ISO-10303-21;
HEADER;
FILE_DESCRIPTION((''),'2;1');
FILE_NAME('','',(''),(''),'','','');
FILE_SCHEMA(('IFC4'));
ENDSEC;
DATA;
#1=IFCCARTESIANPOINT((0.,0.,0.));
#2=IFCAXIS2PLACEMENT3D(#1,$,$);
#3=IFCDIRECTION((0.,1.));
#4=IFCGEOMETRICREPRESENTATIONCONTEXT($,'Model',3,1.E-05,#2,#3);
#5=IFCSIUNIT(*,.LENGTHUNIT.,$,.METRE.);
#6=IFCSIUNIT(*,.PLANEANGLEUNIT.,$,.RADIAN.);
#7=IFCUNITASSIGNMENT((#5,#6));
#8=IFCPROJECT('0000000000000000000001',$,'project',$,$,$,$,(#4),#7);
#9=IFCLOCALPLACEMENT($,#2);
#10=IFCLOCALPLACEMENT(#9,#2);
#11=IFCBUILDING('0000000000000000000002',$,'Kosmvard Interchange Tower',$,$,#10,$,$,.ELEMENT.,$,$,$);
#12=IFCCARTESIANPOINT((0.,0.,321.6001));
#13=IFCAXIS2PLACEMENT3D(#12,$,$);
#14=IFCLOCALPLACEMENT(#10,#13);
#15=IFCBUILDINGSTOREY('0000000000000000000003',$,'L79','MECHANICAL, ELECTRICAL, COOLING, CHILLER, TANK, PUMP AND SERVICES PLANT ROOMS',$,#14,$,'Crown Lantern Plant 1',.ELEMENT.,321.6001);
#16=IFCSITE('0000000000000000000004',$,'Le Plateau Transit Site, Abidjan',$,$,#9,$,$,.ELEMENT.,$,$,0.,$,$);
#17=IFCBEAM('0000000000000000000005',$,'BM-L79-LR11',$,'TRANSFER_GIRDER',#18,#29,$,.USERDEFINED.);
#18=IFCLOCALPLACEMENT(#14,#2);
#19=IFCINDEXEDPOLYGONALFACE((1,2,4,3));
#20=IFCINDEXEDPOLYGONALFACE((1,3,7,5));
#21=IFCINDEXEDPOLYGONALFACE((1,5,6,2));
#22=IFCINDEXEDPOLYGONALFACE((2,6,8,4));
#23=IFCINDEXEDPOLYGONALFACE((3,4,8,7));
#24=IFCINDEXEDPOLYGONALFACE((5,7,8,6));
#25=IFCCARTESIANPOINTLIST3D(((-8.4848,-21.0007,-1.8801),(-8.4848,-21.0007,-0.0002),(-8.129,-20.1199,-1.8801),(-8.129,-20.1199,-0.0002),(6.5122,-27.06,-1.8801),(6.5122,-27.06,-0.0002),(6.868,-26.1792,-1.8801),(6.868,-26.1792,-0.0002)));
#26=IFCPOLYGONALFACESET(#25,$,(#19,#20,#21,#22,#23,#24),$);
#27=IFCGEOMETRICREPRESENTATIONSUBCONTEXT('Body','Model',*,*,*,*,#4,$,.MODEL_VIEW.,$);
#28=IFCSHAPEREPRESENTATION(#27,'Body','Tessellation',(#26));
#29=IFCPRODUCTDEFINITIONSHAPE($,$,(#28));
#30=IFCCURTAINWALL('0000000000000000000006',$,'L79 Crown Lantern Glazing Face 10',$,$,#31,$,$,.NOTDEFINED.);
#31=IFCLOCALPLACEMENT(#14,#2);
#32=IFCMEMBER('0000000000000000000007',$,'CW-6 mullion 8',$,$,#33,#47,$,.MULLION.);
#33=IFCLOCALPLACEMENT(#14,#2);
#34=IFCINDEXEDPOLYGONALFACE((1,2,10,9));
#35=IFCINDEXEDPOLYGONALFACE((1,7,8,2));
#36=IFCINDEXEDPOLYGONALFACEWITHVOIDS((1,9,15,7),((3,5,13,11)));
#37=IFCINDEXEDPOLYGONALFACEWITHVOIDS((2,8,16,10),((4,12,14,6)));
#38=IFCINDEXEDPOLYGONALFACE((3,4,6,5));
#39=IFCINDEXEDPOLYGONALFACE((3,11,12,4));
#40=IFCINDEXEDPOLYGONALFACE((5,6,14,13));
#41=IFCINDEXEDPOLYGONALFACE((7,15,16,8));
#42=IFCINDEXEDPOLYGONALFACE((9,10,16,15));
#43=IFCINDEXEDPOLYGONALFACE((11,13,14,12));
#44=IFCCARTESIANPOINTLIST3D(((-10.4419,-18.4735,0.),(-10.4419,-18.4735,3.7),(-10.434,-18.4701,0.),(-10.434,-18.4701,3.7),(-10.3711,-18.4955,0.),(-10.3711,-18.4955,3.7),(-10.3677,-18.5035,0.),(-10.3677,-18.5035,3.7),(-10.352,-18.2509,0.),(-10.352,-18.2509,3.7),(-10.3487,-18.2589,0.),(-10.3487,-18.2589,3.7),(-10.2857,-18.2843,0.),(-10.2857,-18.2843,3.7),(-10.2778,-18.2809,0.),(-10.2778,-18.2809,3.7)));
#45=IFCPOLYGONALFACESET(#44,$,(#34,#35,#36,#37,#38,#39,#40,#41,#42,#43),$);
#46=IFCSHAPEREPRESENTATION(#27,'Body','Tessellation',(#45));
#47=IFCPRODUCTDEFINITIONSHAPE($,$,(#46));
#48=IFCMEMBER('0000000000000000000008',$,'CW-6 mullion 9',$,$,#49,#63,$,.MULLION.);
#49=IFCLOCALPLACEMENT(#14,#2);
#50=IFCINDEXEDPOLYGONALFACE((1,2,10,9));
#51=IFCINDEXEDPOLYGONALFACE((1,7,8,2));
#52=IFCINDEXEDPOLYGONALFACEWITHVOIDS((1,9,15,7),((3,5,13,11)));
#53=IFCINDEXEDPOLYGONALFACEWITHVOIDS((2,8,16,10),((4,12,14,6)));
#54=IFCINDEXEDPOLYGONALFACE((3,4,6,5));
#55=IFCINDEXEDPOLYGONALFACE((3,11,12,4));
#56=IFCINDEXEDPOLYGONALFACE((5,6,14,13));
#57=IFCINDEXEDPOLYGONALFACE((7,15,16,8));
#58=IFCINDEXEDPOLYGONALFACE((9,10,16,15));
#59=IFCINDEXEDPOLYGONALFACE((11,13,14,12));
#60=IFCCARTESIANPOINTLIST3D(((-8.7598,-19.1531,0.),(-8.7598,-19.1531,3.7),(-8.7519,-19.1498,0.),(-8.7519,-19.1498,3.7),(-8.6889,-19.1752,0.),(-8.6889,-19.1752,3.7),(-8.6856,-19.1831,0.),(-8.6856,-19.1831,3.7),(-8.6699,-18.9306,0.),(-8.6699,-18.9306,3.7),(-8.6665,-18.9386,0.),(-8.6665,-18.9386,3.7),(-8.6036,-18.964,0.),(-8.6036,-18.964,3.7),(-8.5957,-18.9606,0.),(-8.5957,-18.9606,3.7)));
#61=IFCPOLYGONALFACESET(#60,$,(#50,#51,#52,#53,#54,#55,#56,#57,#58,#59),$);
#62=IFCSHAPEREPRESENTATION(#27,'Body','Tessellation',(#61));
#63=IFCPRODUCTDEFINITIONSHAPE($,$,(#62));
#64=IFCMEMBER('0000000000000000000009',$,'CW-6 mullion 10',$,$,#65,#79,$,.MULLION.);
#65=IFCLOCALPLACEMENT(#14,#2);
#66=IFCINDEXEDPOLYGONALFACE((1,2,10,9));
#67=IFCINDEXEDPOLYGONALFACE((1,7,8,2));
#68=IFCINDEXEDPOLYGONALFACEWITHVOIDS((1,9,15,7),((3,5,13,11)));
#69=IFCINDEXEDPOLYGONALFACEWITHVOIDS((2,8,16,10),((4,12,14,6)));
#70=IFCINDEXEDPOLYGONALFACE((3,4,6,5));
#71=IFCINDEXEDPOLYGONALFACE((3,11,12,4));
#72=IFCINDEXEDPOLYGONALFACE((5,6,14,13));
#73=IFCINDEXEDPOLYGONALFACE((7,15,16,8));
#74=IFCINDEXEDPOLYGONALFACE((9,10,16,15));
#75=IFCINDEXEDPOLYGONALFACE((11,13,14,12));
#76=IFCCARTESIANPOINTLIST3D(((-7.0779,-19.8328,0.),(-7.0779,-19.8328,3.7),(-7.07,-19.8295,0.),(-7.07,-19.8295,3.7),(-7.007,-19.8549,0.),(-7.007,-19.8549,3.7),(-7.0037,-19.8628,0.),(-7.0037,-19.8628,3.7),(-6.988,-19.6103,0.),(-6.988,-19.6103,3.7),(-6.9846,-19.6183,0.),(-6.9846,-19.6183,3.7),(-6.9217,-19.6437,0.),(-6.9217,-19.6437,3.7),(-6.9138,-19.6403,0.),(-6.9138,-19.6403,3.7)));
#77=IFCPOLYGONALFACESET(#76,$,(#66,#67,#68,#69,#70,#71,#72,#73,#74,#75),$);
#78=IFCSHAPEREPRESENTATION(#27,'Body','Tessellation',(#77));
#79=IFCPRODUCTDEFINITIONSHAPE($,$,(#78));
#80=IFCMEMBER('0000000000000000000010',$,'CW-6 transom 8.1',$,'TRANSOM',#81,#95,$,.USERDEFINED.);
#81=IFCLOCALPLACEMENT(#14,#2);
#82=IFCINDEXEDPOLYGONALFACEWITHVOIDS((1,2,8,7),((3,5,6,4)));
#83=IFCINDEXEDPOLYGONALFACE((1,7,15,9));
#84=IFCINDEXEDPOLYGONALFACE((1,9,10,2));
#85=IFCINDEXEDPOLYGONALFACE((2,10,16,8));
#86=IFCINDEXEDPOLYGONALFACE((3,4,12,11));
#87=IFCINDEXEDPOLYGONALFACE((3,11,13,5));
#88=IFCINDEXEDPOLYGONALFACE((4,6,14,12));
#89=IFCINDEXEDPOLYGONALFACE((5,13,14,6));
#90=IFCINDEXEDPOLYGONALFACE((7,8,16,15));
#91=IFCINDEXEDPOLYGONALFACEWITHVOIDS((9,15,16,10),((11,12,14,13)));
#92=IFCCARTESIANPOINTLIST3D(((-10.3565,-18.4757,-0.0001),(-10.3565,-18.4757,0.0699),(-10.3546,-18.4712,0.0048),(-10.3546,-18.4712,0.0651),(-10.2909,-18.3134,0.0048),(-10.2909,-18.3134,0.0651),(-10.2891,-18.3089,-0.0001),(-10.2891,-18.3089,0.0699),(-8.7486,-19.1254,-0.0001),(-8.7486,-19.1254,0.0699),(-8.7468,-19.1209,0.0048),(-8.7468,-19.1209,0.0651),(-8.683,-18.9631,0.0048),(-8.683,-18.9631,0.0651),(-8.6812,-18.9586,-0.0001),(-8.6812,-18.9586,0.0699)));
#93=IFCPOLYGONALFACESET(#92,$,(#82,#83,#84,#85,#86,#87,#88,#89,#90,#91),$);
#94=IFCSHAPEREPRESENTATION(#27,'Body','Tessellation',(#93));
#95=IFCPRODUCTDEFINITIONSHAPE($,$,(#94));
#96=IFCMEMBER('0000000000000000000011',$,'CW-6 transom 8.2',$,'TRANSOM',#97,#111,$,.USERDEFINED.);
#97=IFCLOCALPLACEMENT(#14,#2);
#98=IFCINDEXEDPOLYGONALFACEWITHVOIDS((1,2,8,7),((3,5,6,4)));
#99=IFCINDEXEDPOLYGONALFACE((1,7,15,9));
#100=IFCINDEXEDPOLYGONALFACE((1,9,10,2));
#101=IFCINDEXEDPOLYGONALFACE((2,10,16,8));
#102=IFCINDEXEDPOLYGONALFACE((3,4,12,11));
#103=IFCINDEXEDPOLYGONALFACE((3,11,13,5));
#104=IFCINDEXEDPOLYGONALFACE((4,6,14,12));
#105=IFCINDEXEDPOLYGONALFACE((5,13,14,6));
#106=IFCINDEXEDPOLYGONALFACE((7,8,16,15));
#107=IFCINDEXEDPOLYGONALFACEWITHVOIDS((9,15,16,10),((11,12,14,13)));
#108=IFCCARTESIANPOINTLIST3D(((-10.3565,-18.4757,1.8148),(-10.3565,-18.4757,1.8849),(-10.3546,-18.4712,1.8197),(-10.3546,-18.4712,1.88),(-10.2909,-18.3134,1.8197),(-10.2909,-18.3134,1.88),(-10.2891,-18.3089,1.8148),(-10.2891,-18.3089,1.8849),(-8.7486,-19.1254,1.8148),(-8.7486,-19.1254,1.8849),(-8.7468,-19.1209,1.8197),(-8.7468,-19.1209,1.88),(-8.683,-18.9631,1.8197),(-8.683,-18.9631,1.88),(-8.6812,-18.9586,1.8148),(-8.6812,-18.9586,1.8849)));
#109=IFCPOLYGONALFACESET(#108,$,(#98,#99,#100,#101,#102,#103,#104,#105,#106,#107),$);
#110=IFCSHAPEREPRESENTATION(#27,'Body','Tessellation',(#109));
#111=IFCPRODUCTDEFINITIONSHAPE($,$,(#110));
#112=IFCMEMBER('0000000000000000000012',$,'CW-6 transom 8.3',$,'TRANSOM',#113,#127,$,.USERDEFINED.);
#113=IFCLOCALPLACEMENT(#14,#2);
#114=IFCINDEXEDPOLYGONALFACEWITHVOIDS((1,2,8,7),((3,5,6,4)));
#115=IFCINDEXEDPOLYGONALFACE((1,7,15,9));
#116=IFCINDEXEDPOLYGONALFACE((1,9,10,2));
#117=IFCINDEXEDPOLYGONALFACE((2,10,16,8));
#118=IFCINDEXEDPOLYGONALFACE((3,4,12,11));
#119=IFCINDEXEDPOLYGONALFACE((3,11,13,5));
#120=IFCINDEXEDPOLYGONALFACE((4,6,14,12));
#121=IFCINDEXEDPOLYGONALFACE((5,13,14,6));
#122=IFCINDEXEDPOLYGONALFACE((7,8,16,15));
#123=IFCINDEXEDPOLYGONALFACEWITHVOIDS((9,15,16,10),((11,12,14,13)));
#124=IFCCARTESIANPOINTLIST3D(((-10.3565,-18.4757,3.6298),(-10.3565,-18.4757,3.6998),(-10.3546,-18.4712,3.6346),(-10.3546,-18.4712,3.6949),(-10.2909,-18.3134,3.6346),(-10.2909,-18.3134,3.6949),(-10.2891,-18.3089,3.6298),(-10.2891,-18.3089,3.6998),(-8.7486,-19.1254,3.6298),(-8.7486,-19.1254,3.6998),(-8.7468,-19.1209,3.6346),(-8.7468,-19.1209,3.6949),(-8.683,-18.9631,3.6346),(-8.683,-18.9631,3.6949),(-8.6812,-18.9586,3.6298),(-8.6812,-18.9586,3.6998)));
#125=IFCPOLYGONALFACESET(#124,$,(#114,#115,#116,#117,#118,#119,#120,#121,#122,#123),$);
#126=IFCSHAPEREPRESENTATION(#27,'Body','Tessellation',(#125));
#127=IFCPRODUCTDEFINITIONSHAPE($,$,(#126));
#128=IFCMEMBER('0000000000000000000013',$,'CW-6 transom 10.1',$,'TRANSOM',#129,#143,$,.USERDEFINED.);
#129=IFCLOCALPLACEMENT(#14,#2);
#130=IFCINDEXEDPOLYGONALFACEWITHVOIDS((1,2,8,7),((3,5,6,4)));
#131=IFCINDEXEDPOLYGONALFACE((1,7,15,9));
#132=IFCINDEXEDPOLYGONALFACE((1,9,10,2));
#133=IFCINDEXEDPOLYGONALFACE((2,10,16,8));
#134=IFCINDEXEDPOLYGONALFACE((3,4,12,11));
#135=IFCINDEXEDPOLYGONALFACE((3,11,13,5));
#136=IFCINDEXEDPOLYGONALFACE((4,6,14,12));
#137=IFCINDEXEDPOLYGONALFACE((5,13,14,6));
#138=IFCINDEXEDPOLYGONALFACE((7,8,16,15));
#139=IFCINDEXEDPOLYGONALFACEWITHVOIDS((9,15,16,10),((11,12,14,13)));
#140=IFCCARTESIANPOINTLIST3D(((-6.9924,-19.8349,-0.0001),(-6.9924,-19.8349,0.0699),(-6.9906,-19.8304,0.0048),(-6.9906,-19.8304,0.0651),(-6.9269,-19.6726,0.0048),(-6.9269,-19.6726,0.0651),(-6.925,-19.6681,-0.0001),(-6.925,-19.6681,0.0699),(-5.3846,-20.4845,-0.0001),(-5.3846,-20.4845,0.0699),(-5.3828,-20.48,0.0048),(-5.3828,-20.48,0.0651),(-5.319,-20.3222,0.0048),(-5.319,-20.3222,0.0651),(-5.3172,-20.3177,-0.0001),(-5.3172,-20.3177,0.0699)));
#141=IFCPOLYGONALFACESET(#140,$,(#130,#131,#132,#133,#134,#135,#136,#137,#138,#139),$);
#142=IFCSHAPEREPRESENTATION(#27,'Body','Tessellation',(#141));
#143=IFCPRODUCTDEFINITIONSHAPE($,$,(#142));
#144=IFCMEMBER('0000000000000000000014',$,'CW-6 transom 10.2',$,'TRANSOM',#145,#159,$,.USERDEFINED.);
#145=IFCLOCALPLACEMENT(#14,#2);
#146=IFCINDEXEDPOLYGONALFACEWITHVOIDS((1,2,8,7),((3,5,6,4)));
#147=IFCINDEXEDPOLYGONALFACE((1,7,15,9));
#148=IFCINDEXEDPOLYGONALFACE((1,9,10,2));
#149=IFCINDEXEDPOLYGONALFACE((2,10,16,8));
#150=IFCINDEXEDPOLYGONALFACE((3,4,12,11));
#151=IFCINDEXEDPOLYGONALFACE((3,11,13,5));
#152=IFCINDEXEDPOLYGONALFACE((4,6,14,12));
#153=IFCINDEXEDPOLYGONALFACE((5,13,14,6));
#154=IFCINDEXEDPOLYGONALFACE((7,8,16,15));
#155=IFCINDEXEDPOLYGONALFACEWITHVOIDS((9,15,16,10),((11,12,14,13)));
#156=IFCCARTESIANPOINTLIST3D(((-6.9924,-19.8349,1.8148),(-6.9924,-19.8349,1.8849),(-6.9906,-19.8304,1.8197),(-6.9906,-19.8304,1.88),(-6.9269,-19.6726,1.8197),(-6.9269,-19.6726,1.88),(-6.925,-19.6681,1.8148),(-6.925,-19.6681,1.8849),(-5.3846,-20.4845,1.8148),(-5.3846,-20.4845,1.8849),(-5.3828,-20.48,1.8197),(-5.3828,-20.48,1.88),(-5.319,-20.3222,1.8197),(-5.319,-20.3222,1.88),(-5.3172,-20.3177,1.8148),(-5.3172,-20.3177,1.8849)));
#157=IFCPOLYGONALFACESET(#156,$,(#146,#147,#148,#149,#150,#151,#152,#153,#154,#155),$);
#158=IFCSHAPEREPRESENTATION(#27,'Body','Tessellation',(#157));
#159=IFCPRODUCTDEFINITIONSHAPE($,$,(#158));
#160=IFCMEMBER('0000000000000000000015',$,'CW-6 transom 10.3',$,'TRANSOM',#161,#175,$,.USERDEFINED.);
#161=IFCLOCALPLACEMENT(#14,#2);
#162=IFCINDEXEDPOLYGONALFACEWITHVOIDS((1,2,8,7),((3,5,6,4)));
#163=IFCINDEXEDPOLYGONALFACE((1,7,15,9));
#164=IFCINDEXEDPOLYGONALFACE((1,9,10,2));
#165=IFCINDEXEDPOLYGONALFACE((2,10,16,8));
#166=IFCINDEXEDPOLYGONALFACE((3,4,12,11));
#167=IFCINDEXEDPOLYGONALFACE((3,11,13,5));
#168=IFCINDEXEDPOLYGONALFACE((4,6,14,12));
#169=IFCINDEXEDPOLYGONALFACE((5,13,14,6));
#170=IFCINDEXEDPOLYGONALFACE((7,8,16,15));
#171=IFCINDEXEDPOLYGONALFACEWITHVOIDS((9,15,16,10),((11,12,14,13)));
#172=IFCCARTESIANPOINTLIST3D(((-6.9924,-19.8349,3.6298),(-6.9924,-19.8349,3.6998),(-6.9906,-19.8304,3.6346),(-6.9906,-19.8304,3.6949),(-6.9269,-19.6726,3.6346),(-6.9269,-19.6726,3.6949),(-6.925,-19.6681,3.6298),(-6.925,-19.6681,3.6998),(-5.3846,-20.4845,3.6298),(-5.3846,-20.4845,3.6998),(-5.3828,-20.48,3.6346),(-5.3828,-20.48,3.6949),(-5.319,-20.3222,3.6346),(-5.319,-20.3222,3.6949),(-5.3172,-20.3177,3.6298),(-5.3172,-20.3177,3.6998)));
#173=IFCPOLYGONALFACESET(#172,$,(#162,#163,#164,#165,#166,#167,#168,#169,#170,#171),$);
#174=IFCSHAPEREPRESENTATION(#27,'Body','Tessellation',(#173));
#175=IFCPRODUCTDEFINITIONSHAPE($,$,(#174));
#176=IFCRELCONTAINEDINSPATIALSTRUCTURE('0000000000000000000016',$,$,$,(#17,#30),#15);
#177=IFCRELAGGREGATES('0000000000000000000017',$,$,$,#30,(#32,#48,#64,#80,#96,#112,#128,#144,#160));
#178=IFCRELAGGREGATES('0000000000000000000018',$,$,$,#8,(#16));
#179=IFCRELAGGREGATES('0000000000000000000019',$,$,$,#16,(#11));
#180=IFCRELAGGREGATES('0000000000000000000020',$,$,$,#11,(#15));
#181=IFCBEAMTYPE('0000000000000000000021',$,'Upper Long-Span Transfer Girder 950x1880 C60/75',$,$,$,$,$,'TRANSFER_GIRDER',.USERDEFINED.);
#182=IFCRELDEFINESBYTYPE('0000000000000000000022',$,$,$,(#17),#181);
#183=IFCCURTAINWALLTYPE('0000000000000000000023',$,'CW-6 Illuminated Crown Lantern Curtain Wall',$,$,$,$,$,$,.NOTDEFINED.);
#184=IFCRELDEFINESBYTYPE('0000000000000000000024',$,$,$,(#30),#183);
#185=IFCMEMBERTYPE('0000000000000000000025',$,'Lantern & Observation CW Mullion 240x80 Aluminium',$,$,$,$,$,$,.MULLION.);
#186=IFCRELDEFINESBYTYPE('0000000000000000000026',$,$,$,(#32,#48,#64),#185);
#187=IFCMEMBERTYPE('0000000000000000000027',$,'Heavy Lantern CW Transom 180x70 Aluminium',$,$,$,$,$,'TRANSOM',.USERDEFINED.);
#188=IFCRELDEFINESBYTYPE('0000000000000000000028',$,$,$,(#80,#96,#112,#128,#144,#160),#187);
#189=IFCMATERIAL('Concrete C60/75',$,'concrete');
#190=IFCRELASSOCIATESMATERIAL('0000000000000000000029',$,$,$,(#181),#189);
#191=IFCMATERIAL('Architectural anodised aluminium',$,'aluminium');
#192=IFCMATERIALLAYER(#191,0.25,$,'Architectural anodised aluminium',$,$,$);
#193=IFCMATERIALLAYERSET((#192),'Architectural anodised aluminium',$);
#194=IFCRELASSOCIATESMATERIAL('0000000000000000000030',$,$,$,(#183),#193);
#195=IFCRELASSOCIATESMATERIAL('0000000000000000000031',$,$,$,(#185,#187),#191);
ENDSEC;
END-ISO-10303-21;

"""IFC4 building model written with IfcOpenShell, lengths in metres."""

from ifc_helpers import new_model, si_unit, direction, frame, origin, origin_2d, place, context, subcontext, project, spatial, rectangle, hollow_rectangle, extrude, source, transform, mapped, material, layer, layer_set, material_profile, profile_set, type_object, element, aggregate, save


model = new_model("IFC4")

# Units and contexts
model_context = context("Model", 3, precision=1e-05, world=origin(), true_north=direction((0.0, 1.0)))
body_context = subcontext(model_context, "Body", "Model", "MODEL_VIEW")
ifc_project = project(units=[si_unit("LENGTHUNIT", "METRE"), si_unit("PLANEANGLEUNIT", "RADIAN")], contexts=[model_context])

# Site, building, storey
site_placement = place(None, origin())
site = spatial("IfcSite", under=ifc_project, at=site_placement, Name="Le Plateau Transit Site, Abidjan", CompositionType="ELEMENT", RefElevation=0.0)
building_placement = place(site_placement, origin())
building = spatial("IfcBuilding", under=site, at=building_placement, Name="Kosmvard Interchange Tower", CompositionType="ELEMENT")
storey_placement = place(building_placement, frame((0.0, 0.0, 321.6001)))
storey = spatial("IfcBuildingStorey", under=building, at=storey_placement, Name="L79", Description="MECHANICAL, ELECTRICAL, COOLING, CHILLER, TANK, PUMP AND SERVICES PLANT ROOMS", LongName="Crown Lantern Plant 1", CompositionType="ELEMENT", Elevation=321.6001)

# Beam
ifc_material_1 = material(Name="Concrete C60/75", Category="concrete")
ifc_material_profile_1 = material_profile(ifc_material_1, rectangle(XDim=0.95, YDim=1.8799, at=origin_2d()), Name="TG 950x1880")
ifc_profile_set_1 = profile_set([ifc_material_profile_1], Name="Concrete C60/75")
beam_type = type_object("IfcBeamType", Name="Upper Long-Span Transfer Girder 950x1880 C60/75", ElementType="TRANSFER_GIRDER", PredefinedType="USERDEFINED", material=ifc_profile_set_1)
shared_shape_1 = source(origin(), body_context, "Body", "SweptSolid", [
    extrude(rectangle(XDim=0.95, YDim=1.8799, at=origin_2d()), origin(), (0.0, 0.0, 1.0), 16.1748),
])
beam_placement = place(storey_placement, frame((-8.3069, -20.5603, -0.9402), z_axis=(0.927181, -0.374613, 0.0), x_axis=(0.374613, 0.927181, 0.0)))
element("IfcBeam", 1, at=beam_placement, inside=storey, type_object=beam_type, Name="BM-L79-LR11", ObjectType="TRANSFER_GIRDER", PredefinedType="USERDEFINED", context=body_context, shape_type="MappedRepresentation", body=[
    mapped(shared_shape_1, transform((0.0, 0.0, 0.0), scale=1.0)),
])

# Curtain wall, members
ifc_material_2 = material(Name="Architectural anodised aluminium", Category="aluminium")
ifc_layer_1 = layer(ifc_material_2, 0.25, Name="Architectural anodised aluminium")
ifc_layer_set_1 = layer_set([ifc_layer_1], Name="Architectural anodised aluminium")
curtain_wall_type = type_object("IfcCurtainWallType", Name="CW-6 Illuminated Crown Lantern Curtain Wall", PredefinedType="NOTDEFINED", material=ifc_layer_set_1)
curtain_wall_placement = place(storey_placement, origin())
curtain_wall = element("IfcCurtainWall", 2, at=curtain_wall_placement, inside=storey, type_object=curtain_wall_type, Name="L79 Crown Lantern Glazing Face 10", PredefinedType="NOTDEFINED")
ifc_material_profile_2 = material_profile(ifc_material_2, hollow_rectangle(XDim=0.24, YDim=0.0801, WallThickness=0.0061, at=origin_2d()), Name="CWM 240x80x6")
ifc_profile_set_2 = profile_set([ifc_material_profile_2], Name="Architectural anodised aluminium")
member_type_1 = type_object("IfcMemberType", Name="Lantern & Observation CW Mullion 240x80 Aluminium", PredefinedType="MULLION", material=ifc_profile_set_2)
shared_shape_2 = source(origin(), body_context, "Body", "SweptSolid", [
    extrude(hollow_rectangle(XDim=0.24, YDim=0.0801, WallThickness=0.0061, at=origin_2d()), origin(), (0.0, 0.0, 1.0), 3.7),
])
member_1_placement = place(storey_placement, frame((-10.3599, -18.3772, 0.0), z_axis=(0.0, 0.0, 1.0), x_axis=(0.374607, 0.927184, 0.0)))
member_1 = element("IfcMember", 3, at=member_1_placement, type_object=member_type_1, Name="CW-6 mullion 8", PredefinedType="MULLION", context=body_context, shape_type="MappedRepresentation", body=[
    mapped(shared_shape_2, transform((0.0, 0.0, 0.0), scale=1.0)),
])
member_2_placement = place(storey_placement, frame((-8.6777, -19.0569, 0.0), z_axis=(0.0, 0.0, 1.0), x_axis=(0.374607, 0.927184, 0.0)))
member_2 = element("IfcMember", 4, at=member_2_placement, type_object=member_type_1, Name="CW-6 mullion 9", PredefinedType="MULLION", context=body_context, shape_type="MappedRepresentation", body=[
    mapped(shared_shape_2, transform((0.0, 0.0, 0.0), scale=1.0)),
])
member_3_placement = place(storey_placement, frame((-6.9958, -19.7366, 0.0), z_axis=(0.0, 0.0, 1.0), x_axis=(0.374607, 0.927184, 0.0)))
member_3 = element("IfcMember", 5, at=member_3_placement, type_object=member_type_1, Name="CW-6 mullion 10", PredefinedType="MULLION", context=body_context, shape_type="MappedRepresentation", body=[
    mapped(shared_shape_2, transform((0.0, 0.0, 0.0), scale=1.0)),
])
ifc_material_profile_3 = material_profile(ifc_material_2, hollow_rectangle(XDim=0.1799, YDim=0.0701, WallThickness=0.0049, at=origin_2d()), Name="CWT 180x70x5")
ifc_profile_set_3 = profile_set([ifc_material_profile_3], Name="Architectural anodised aluminium")
member_type_2 = type_object("IfcMemberType", Name="Heavy Lantern CW Transom 180x70 Aluminium", ElementType="TRANSOM", PredefinedType="USERDEFINED", material=ifc_profile_set_3)
shared_shape_3 = source(origin(), body_context, "Body", "SweptSolid", [
    extrude(hollow_rectangle(XDim=0.1799, YDim=0.0701, WallThickness=0.0049, at=origin_2d()), origin(), (0.0, 0.0, 1.0), 1.7341),
])
member_4_placement = place(storey_placement, frame((-10.3228, -18.3923, 0.0349), z_axis=(0.92718, -0.374617, 0.0), x_axis=(0.374617, 0.92718, 0.0)))
member_4 = element("IfcMember", 6, at=member_4_placement, type_object=member_type_2, Name="CW-6 transom 8.1", ObjectType="TRANSOM", PredefinedType="USERDEFINED", context=body_context, shape_type="MappedRepresentation", body=[
    mapped(shared_shape_3, transform((0.0, 0.0, 0.0), scale=1.0)),
])
member_5_placement = place(storey_placement, frame((-10.3228, -18.3923, 1.8499), z_axis=(0.92718, -0.374617, 0.0), x_axis=(0.374617, 0.92718, 0.0)))
member_5 = element("IfcMember", 7, at=member_5_placement, type_object=member_type_2, Name="CW-6 transom 8.2", ObjectType="TRANSOM", PredefinedType="USERDEFINED", context=body_context, shape_type="MappedRepresentation", body=[
    mapped(shared_shape_3, transform((0.0, 0.0, 0.0), scale=1.0)),
])
member_6_placement = place(storey_placement, frame((-10.3228, -18.3923, 3.6648), z_axis=(0.92718, -0.374617, 0.0), x_axis=(0.374617, 0.92718, 0.0)))
member_6 = element("IfcMember", 8, at=member_6_placement, type_object=member_type_2, Name="CW-6 transom 8.3", ObjectType="TRANSOM", PredefinedType="USERDEFINED", context=body_context, shape_type="MappedRepresentation", body=[
    mapped(shared_shape_3, transform((0.0, 0.0, 0.0), scale=1.0)),
])
member_7_placement = place(storey_placement, frame((-6.9587, -19.7515, 0.0349), z_axis=(0.92718, -0.374617, 0.0), x_axis=(0.374617, 0.92718, 0.0)))
member_7 = element("IfcMember", 9, at=member_7_placement, type_object=member_type_2, Name="CW-6 transom 10.1", ObjectType="TRANSOM", PredefinedType="USERDEFINED", context=body_context, shape_type="MappedRepresentation", body=[
    mapped(shared_shape_3, transform((0.0, 0.0, 0.0), scale=1.0)),
])
member_8_placement = place(storey_placement, frame((-6.9587, -19.7515, 1.8499), z_axis=(0.92718, -0.374617, 0.0), x_axis=(0.374617, 0.92718, 0.0)))
member_8 = element("IfcMember", 10, at=member_8_placement, type_object=member_type_2, Name="CW-6 transom 10.2", ObjectType="TRANSOM", PredefinedType="USERDEFINED", context=body_context, shape_type="MappedRepresentation", body=[
    mapped(shared_shape_3, transform((0.0, 0.0, 0.0), scale=1.0)),
])
member_9_placement = place(storey_placement, frame((-6.9587, -19.7515, 3.6648), z_axis=(0.92718, -0.374617, 0.0), x_axis=(0.374617, 0.92718, 0.0)))
member_9 = element("IfcMember", 11, at=member_9_placement, type_object=member_type_2, Name="CW-6 transom 10.3", ObjectType="TRANSOM", PredefinedType="USERDEFINED", context=body_context, shape_type="MappedRepresentation", body=[
    mapped(shared_shape_3, transform((0.0, 0.0, 0.0), scale=1.0)),
])
aggregate(curtain_wall, [member_1, member_2, member_3, member_4, member_5, member_6, member_7, member_8, member_9])

save(model, "model.ifc")
